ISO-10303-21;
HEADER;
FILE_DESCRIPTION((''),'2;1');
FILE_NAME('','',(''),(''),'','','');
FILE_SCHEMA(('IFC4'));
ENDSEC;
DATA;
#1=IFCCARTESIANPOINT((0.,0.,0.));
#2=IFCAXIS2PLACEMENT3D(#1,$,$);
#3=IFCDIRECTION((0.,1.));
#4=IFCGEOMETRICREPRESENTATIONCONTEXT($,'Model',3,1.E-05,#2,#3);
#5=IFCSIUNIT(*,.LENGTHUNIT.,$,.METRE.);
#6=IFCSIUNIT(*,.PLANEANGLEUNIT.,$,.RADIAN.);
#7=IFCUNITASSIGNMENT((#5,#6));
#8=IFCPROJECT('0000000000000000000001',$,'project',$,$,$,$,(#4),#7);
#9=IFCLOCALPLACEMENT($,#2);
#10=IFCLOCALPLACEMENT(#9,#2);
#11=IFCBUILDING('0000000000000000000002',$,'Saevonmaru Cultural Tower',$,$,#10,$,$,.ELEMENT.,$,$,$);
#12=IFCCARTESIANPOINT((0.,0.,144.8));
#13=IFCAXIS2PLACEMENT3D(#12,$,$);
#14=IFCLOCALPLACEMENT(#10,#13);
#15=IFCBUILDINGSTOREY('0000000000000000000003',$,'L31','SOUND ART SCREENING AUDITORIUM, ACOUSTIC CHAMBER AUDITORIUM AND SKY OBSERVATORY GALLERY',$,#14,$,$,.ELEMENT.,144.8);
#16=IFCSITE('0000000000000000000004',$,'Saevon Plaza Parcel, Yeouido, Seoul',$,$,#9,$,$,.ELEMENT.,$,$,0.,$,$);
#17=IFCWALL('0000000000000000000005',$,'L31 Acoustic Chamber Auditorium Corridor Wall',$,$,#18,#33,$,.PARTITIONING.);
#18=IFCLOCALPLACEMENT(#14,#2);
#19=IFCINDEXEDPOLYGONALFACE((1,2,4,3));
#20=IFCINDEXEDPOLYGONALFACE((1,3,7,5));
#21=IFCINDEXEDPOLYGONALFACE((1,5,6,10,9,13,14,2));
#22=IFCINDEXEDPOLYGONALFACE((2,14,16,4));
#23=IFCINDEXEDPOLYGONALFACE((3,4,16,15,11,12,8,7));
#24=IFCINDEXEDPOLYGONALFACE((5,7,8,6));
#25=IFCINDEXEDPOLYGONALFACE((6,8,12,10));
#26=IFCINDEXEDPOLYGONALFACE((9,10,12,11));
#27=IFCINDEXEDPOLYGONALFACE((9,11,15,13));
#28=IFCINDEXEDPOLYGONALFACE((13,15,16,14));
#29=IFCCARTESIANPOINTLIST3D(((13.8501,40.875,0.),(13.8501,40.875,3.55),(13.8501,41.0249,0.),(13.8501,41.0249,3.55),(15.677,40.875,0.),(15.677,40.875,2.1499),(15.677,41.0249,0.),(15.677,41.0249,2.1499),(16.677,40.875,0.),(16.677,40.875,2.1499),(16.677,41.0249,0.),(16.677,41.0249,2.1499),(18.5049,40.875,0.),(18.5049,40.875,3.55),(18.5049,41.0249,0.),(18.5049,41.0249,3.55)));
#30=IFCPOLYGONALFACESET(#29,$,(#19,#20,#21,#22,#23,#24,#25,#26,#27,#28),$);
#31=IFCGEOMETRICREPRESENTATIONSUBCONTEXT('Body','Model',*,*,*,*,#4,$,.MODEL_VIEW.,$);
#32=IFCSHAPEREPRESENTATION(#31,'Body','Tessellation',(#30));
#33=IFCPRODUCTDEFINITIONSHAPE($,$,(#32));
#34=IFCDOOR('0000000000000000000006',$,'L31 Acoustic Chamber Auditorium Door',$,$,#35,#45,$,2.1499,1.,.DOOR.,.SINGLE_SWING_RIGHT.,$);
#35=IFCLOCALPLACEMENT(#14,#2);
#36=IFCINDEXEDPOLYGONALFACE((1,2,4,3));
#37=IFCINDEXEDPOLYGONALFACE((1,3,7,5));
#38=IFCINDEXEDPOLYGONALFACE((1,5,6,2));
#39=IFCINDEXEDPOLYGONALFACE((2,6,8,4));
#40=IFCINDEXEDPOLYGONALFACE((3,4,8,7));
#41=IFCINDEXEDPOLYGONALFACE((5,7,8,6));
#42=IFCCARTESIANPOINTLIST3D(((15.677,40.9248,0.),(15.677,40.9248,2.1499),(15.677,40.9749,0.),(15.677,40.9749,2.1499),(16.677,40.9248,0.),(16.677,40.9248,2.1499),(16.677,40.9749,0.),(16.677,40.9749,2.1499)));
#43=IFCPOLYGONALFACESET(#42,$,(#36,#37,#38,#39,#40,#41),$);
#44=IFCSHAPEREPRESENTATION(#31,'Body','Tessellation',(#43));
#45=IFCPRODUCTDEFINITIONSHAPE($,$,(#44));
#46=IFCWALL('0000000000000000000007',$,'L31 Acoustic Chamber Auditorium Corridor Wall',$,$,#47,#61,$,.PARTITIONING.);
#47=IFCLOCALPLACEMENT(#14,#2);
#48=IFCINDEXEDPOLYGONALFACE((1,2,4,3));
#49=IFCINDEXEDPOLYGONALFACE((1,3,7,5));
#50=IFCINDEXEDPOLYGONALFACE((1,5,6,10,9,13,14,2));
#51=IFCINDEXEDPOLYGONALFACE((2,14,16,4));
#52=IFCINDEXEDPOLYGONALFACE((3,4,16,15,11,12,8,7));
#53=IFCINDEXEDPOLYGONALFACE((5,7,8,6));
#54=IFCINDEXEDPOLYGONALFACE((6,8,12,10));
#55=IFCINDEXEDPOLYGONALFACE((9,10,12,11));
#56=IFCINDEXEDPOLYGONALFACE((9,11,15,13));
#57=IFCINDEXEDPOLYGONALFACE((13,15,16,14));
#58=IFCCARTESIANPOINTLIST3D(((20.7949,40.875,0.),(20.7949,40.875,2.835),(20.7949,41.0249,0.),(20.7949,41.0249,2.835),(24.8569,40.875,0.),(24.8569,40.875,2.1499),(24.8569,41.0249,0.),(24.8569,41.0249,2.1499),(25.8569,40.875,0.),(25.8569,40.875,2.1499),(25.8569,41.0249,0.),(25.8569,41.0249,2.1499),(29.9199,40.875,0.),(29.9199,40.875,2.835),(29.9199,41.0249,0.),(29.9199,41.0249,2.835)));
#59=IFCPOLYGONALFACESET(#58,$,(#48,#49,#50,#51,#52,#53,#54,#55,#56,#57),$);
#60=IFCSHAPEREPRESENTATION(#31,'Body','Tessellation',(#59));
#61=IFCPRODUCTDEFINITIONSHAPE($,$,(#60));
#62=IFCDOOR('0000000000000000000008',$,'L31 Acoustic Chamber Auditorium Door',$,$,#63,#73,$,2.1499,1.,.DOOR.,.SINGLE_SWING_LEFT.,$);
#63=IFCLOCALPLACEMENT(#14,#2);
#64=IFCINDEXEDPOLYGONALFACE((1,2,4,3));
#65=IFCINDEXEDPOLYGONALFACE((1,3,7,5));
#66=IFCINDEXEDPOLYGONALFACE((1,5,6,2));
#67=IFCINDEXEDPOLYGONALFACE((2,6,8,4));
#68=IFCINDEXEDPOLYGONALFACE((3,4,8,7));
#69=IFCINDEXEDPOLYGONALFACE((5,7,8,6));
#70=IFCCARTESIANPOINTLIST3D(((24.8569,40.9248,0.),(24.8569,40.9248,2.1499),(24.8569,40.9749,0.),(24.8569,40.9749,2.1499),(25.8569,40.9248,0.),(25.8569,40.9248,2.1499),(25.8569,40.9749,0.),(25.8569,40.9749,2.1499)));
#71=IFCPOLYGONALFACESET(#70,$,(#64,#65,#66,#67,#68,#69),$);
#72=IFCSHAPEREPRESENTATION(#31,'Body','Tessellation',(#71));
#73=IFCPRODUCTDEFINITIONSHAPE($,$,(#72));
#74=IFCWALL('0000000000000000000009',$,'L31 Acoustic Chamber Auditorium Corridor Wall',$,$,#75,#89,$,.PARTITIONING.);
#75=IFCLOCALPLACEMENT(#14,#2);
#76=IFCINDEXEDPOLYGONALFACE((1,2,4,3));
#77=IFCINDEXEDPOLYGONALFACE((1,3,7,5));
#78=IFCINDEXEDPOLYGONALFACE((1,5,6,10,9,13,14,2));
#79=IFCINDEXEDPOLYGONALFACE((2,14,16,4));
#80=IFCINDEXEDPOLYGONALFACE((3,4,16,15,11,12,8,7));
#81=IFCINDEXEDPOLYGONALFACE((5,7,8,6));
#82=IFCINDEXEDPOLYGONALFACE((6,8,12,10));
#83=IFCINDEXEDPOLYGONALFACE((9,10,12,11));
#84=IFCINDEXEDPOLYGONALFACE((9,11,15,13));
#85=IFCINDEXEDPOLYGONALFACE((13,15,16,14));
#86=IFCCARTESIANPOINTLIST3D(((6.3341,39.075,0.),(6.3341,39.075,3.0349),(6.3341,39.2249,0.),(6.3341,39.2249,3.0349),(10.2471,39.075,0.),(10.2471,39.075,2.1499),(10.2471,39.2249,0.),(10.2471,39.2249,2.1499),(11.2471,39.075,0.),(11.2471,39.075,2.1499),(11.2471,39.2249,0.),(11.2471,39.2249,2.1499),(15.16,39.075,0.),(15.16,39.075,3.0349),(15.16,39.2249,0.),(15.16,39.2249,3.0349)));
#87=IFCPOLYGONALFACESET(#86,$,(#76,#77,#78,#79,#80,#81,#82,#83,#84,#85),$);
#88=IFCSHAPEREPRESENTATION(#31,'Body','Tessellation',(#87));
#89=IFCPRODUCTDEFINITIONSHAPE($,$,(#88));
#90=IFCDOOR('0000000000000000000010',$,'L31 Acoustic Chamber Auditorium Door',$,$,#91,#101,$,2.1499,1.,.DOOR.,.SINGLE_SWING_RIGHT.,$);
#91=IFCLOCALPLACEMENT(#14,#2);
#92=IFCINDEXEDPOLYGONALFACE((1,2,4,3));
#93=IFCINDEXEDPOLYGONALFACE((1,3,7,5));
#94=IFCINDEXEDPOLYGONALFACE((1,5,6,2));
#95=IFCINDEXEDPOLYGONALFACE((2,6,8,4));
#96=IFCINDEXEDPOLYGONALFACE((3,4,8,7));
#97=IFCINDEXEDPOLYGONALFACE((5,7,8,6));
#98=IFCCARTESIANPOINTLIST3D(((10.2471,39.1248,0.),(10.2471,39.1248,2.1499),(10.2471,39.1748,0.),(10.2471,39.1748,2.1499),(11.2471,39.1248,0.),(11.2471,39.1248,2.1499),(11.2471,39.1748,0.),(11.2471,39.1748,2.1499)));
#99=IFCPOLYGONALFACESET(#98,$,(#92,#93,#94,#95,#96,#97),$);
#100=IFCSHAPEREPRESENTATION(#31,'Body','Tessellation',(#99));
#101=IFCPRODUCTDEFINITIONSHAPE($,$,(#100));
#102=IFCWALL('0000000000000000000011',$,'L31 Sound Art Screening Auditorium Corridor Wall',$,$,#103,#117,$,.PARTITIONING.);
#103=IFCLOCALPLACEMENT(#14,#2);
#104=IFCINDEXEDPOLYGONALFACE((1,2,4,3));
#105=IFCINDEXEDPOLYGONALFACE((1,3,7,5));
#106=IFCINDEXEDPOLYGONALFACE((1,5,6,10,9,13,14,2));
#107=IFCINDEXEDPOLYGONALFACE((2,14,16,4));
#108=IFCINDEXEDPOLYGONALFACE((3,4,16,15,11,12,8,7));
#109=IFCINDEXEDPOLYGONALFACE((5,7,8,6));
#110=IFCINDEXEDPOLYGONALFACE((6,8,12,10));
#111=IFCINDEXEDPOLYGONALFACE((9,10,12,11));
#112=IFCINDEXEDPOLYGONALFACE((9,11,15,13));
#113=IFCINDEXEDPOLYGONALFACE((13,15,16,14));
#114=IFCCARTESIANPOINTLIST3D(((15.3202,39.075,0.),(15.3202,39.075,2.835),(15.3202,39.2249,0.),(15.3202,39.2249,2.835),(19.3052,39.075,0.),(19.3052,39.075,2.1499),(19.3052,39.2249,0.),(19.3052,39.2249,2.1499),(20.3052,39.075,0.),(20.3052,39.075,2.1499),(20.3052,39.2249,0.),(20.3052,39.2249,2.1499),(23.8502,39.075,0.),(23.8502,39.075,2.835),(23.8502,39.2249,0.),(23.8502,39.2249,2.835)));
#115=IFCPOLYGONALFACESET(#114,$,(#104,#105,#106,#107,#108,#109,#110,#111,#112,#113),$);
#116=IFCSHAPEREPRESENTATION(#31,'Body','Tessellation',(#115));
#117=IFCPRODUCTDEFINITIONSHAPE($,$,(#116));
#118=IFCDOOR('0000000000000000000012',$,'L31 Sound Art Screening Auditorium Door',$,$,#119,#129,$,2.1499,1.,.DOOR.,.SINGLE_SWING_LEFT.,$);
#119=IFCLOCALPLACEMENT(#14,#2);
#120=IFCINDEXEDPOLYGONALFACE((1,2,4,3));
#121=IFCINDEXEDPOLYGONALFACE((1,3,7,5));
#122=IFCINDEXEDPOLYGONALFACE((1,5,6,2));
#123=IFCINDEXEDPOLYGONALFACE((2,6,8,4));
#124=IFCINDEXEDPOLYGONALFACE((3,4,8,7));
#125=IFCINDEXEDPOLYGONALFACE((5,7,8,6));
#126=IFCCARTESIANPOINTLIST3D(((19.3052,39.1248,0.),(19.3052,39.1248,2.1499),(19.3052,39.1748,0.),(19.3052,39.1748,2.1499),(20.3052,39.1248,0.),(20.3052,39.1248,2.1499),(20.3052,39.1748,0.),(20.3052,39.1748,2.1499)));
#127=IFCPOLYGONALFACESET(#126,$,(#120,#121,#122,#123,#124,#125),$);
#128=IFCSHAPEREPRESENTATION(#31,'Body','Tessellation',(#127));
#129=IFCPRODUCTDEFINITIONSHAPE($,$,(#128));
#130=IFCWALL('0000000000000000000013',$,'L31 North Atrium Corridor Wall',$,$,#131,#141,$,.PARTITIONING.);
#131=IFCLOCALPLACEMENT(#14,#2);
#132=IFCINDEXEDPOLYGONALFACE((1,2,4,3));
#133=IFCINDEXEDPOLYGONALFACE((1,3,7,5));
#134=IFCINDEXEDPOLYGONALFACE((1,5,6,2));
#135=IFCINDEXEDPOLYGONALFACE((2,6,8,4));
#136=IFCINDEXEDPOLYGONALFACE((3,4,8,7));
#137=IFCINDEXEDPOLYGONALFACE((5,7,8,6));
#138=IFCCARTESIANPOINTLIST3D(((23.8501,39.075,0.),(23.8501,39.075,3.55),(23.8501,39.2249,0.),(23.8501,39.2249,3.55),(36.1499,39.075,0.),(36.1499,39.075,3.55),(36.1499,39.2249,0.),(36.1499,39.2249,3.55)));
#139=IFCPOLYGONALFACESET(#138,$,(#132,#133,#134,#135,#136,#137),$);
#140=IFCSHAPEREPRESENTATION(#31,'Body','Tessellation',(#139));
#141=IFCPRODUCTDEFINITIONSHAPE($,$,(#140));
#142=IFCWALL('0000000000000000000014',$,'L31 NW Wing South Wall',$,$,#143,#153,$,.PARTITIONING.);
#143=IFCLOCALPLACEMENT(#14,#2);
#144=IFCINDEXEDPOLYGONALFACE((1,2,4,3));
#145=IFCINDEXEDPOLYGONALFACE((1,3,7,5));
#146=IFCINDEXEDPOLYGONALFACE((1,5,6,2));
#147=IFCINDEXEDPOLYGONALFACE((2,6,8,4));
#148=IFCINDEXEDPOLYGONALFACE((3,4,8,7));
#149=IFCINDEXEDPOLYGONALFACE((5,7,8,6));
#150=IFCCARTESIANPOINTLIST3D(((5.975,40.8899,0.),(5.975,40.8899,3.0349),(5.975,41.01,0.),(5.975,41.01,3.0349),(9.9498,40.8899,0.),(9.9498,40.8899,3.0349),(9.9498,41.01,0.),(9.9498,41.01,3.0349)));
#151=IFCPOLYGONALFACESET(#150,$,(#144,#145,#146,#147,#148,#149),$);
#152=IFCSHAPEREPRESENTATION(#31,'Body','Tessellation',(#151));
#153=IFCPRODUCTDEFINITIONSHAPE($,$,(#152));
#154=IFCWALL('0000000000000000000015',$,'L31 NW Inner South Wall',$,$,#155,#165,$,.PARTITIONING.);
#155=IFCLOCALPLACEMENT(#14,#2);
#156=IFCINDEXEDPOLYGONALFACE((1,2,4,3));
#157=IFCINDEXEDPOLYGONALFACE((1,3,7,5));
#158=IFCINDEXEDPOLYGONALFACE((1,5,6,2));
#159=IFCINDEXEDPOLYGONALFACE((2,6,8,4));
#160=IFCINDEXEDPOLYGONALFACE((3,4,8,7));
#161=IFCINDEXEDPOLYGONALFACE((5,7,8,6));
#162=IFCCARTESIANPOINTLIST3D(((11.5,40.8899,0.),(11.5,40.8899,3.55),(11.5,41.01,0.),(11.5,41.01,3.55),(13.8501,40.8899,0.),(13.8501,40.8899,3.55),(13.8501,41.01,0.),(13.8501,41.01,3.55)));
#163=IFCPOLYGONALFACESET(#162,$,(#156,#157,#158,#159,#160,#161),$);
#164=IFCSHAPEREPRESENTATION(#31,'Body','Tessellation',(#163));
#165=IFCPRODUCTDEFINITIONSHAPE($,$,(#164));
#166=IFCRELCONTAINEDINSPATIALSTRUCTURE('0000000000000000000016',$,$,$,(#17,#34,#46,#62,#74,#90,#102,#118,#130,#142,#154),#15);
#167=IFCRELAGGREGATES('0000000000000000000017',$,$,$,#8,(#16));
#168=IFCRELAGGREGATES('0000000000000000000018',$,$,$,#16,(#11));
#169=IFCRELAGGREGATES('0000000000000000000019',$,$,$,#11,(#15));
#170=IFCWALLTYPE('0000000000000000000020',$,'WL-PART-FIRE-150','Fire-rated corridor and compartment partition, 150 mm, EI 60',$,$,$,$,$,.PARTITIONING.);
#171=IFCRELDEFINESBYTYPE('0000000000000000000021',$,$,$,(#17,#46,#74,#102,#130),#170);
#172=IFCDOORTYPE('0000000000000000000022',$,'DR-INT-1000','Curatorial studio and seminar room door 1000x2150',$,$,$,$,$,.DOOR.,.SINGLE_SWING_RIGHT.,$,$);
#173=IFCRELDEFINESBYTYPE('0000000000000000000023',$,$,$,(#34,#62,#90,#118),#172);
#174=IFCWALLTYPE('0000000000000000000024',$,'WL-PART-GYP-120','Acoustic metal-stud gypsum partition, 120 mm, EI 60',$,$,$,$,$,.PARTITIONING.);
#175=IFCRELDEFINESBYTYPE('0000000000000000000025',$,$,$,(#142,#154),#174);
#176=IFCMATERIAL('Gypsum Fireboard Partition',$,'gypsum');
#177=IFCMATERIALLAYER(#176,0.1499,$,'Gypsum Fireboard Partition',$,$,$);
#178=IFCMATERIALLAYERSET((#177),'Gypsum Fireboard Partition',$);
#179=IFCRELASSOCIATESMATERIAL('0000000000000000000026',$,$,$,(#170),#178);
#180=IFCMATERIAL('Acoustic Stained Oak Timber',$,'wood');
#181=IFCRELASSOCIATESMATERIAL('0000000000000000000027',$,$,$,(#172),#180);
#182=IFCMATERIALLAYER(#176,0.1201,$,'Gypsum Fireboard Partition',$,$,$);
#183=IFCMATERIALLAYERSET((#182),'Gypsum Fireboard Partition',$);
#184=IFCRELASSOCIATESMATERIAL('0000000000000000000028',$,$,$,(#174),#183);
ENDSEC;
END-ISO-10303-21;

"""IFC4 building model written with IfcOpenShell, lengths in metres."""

from ifc_helpers import new_model, si_unit, direction, frame, frame_2d, origin, place, context, subcontext, project, spatial, rectangle, extrude, material, layer, layer_set, type_object, element, fill, save


model = new_model("IFC4")

# Units and contexts
model_context = context("Model", 3, precision=1e-05, world=origin(), true_north=direction((0.0, 1.0)))
body_context = subcontext(model_context, "Body", "Model", "MODEL_VIEW")
ifc_project = project(units=[si_unit("LENGTHUNIT", "METRE"), si_unit("PLANEANGLEUNIT", "RADIAN")], contexts=[model_context])

# Site, building, storey
site_placement = place(None, origin())
site = spatial("IfcSite", under=ifc_project, at=site_placement, Name="Saevon Plaza Parcel, Yeouido, Seoul", CompositionType="ELEMENT", RefElevation=0.0)
building_placement = place(site_placement, origin())
building = spatial("IfcBuilding", under=site, at=building_placement, Name="Saevonmaru Cultural Tower", CompositionType="ELEMENT")
storey_placement = place(building_placement, frame((0.0, 0.0, 144.8)))
storey = spatial("IfcBuildingStorey", under=building, at=storey_placement, Name="L31", Description="SOUND ART SCREENING AUDITORIUM, ACOUSTIC CHAMBER AUDITORIUM AND SKY OBSERVATORY GALLERY", CompositionType="ELEMENT", Elevation=144.8)

# Shared definitions
ifc_material_1 = material(Name="Gypsum Fireboard Partition", Category="gypsum")
ifc_layer_1 = layer(ifc_material_1, 0.1499, Name="Gypsum Fireboard Partition")
ifc_layer_set_1 = layer_set([ifc_layer_1], Name="Gypsum Fireboard Partition")
wall_type_1 = type_object("IfcWallType", Name="WL-PART-FIRE-150", Description="Fire-rated corridor and compartment partition, 150 mm, EI 60", PredefinedType="PARTITIONING", material=ifc_layer_set_1)
ifc_material_2 = material(Name="Acoustic Stained Oak Timber", Category="wood")
door_type = type_object("IfcDoorType", Name="DR-INT-1000", Description="Curatorial studio and seminar room door 1000x2150", OperationType="SINGLE_SWING_RIGHT", PredefinedType="DOOR", material=ifc_material_2)

# Walls, openings, doors
wall_1_placement = place(storey_placement, frame((13.8501, 40.95, 0.0), z_axis=(0.0, 0.0, 1.0), x_axis=(1.0, 0.0, 0.0)))
wall_1 = element("IfcWall", 1, at=wall_1_placement, inside=storey, type_object=wall_type_1, Name="L31 Acoustic Chamber Auditorium Corridor Wall", PredefinedType="PARTITIONING", context=body_context, shape_type="SweptSolid", body=[
    extrude(rectangle(XDim=4.6548, YDim=0.1499, at=frame_2d((2.3274, 0.0))), origin(), (0.0, 0.0, 1.0), 3.55),
])
opening_1_placement = place(wall_1_placement, frame((1.8269, 0.0, 0.0)))
opening_1 = element("IfcOpeningElement", 2, at=opening_1_placement, cuts=wall_1, PredefinedType="OPENING", context=body_context, shape_type="SweptSolid", body=[
    extrude(rectangle(XDim=1.0, YDim=2.1499, at=frame_2d((0.5, 1.075))), frame((0.0, 0.085, 0.0), z_axis=(0.0, -1.0, 0.0), x_axis=(1.0, 0.0, 0.0)), (0.0, 0.0, 1.0), 0.1699),
])
door_1_placement = place(opening_1_placement, origin())
door_1 = element("IfcDoor", 3, at=door_1_placement, inside=storey, type_object=door_type, Name="L31 Acoustic Chamber Auditorium Door", OperationType="SINGLE_SWING_RIGHT", OverallHeight=2.1499, OverallWidth=1.0, PredefinedType="DOOR", context=body_context, shape_type="SweptSolid", body=[
    extrude(rectangle(XDim=1.0, YDim=2.1499, at=frame_2d((0.5, 1.075))), frame((0.0, 0.0249, 0.0), z_axis=(0.0, -1.0, 0.0), x_axis=(1.0, 0.0, 0.0)), (0.0, 0.0, 1.0), 0.05),
])
fill(opening_1, door_1)
wall_2_placement = place(storey_placement, frame((20.7949, 40.95, 0.0), z_axis=(0.0, 0.0, 1.0), x_axis=(1.0, 0.0, 0.0)))
wall_2 = element("IfcWall", 4, at=wall_2_placement, inside=storey, type_object=wall_type_1, Name="L31 Acoustic Chamber Auditorium Corridor Wall", PredefinedType="PARTITIONING", context=body_context, shape_type="SweptSolid", body=[
    extrude(rectangle(XDim=9.125, YDim=0.1499, at=frame_2d((4.5625, 0.0))), origin(), (0.0, 0.0, 1.0), 2.835),
])
opening_2_placement = place(wall_2_placement, frame((4.062, 0.0, 0.0)))
opening_2 = element("IfcOpeningElement", 5, at=opening_2_placement, cuts=wall_2, PredefinedType="OPENING", context=body_context, shape_type="SweptSolid", body=[
    extrude(rectangle(XDim=1.0, YDim=2.1499, at=frame_2d((0.5, 1.075))), frame((0.0, 0.085, 0.0), z_axis=(0.0, -1.0, 0.0), x_axis=(1.0, 0.0, 0.0)), (0.0, 0.0, 1.0), 0.1699),
])
door_2_placement = place(opening_2_placement, origin())
door_2 = element("IfcDoor", 6, at=door_2_placement, inside=storey, type_object=door_type, Name="L31 Acoustic Chamber Auditorium Door", OperationType="SINGLE_SWING_LEFT", OverallHeight=2.1499, OverallWidth=1.0, PredefinedType="DOOR", context=body_context, shape_type="SweptSolid", body=[
    extrude(rectangle(XDim=1.0, YDim=2.1499, at=frame_2d((0.5, 1.075))), frame((0.0, 0.0249, 0.0), z_axis=(0.0, -1.0, 0.0), x_axis=(1.0, 0.0, 0.0)), (0.0, 0.0, 1.0), 0.05),
])
fill(opening_2, door_2)
wall_3_placement = place(storey_placement, frame((6.334, 39.1499, 0.0), z_axis=(0.0, 0.0, 1.0), x_axis=(1.0, 0.0, 0.0)))
wall_3 = element("IfcWall", 7, at=wall_3_placement, inside=storey, type_object=wall_type_1, Name="L31 Acoustic Chamber Auditorium Corridor Wall", PredefinedType="PARTITIONING", context=body_context, shape_type="SweptSolid", body=[
    extrude(rectangle(XDim=8.8259, YDim=0.1499, at=frame_2d((4.4131, 0.0))), origin(), (0.0, 0.0, 1.0), 3.0349),
])
opening_3_placement = place(wall_3_placement, frame((3.9131, 0.0, 0.0)))
opening_3 = element("IfcOpeningElement", 8, at=opening_3_placement, cuts=wall_3, PredefinedType="OPENING", context=body_context, shape_type="SweptSolid", body=[
    extrude(rectangle(XDim=1.0, YDim=2.1499, at=frame_2d((0.5, 1.075))), frame((0.0, 0.085, 0.0), z_axis=(0.0, -1.0, 0.0), x_axis=(1.0, 0.0, 0.0)), (0.0, 0.0, 1.0), 0.1699),
])
door_3_placement = place(opening_3_placement, origin())
door_3 = element("IfcDoor", 9, at=door_3_placement, inside=storey, type_object=door_type, Name="L31 Acoustic Chamber Auditorium Door", OperationType="SINGLE_SWING_RIGHT", OverallHeight=2.1499, OverallWidth=1.0, PredefinedType="DOOR", context=body_context, shape_type="SweptSolid", body=[
    extrude(rectangle(XDim=1.0, YDim=2.1499, at=frame_2d((0.5, 1.075))), frame((0.0, 0.0249, 0.0), z_axis=(0.0, -1.0, 0.0), x_axis=(1.0, 0.0, 0.0)), (0.0, 0.0, 1.0), 0.05),
])
fill(opening_3, door_3)
wall_4_placement = place(storey_placement, frame((15.3201, 39.1499, 0.0), z_axis=(0.0, 0.0, 1.0), x_axis=(1.0, 0.0, 0.0)))
wall_4 = element("IfcWall", 10, at=wall_4_placement, inside=storey, type_object=wall_type_1, Name="L31 Sound Art Screening Auditorium Corridor Wall", PredefinedType="PARTITIONING", context=body_context, shape_type="SweptSolid", body=[
    extrude(rectangle(XDim=8.53, YDim=0.1499, at=frame_2d((4.2651, 0.0))), origin(), (0.0, 0.0, 1.0), 2.835),
])
opening_4_placement = place(wall_4_placement, frame((3.9851, 0.0, 0.0)))
opening_4 = element("IfcOpeningElement", 11, at=opening_4_placement, cuts=wall_4, PredefinedType="OPENING", context=body_context, shape_type="SweptSolid", body=[
    extrude(rectangle(XDim=1.0, YDim=2.1499, at=frame_2d((0.5, 1.075))), frame((0.0, 0.085, 0.0), z_axis=(0.0, -1.0, 0.0), x_axis=(1.0, 0.0, 0.0)), (0.0, 0.0, 1.0), 0.1699),
])
door_4_placement = place(opening_4_placement, origin())
door_4 = element("IfcDoor", 12, at=door_4_placement, inside=storey, type_object=door_type, Name="L31 Sound Art Screening Auditorium Door", OperationType="SINGLE_SWING_LEFT", OverallHeight=2.1499, OverallWidth=1.0, PredefinedType="DOOR", context=body_context, shape_type="SweptSolid", body=[
    extrude(rectangle(XDim=1.0, YDim=2.1499, at=frame_2d((0.5, 1.075))), frame((0.0, 0.0249, 0.0), z_axis=(0.0, -1.0, 0.0), x_axis=(1.0, 0.0, 0.0)), (0.0, 0.0, 1.0), 0.05),
])
fill(opening_4, door_4)

# Walls
wall_5_placement = place(storey_placement, frame((23.8501, 39.1499, 0.0), z_axis=(0.0, 0.0, 1.0), x_axis=(1.0, 0.0, 0.0)))
element("IfcWall", 13, at=wall_5_placement, inside=storey, type_object=wall_type_1, Name="L31 North Atrium Corridor Wall", PredefinedType="PARTITIONING", context=body_context, shape_type="SweptSolid", body=[
    extrude(rectangle(XDim=12.2998, YDim=0.1499, at=frame_2d((6.1499, 0.0))), origin(), (0.0, 0.0, 1.0), 3.55),
])
ifc_layer_2 = layer(ifc_material_1, 0.1201, Name="Gypsum Fireboard Partition")
ifc_layer_set_2 = layer_set([ifc_layer_2], Name="Gypsum Fireboard Partition")
wall_type_2 = type_object("IfcWallType", Name="WL-PART-GYP-120", Description="Acoustic metal-stud gypsum partition, 120 mm, EI 60", PredefinedType="PARTITIONING", material=ifc_layer_set_2)
wall_6_placement = place(storey_placement, frame((5.9751, 40.95, 0.0), z_axis=(0.0, 0.0, 1.0), x_axis=(1.0, 0.0, 0.0)))
element("IfcWall", 14, at=wall_6_placement, inside=storey, type_object=wall_type_2, Name="L31 NW Wing South Wall", PredefinedType="PARTITIONING", context=body_context, shape_type="SweptSolid", body=[
    extrude(rectangle(XDim=3.9749, YDim=0.1201, at=frame_2d((1.9873, 0.0))), origin(), (0.0, 0.0, 1.0), 3.0349),
])
wall_7_placement = place(storey_placement, frame((11.5, 40.95, 0.0), z_axis=(0.0, 0.0, 1.0), x_axis=(1.0, 0.0, 0.0)))
element("IfcWall", 15, at=wall_7_placement, inside=storey, type_object=wall_type_2, Name="L31 NW Inner South Wall", PredefinedType="PARTITIONING", context=body_context, shape_type="SweptSolid", body=[
    extrude(rectangle(XDim=2.3501, YDim=0.1201, at=frame_2d((1.175, 0.0))), origin(), (0.0, 0.0, 1.0), 3.55),
])

save(model, "model.ifc")
